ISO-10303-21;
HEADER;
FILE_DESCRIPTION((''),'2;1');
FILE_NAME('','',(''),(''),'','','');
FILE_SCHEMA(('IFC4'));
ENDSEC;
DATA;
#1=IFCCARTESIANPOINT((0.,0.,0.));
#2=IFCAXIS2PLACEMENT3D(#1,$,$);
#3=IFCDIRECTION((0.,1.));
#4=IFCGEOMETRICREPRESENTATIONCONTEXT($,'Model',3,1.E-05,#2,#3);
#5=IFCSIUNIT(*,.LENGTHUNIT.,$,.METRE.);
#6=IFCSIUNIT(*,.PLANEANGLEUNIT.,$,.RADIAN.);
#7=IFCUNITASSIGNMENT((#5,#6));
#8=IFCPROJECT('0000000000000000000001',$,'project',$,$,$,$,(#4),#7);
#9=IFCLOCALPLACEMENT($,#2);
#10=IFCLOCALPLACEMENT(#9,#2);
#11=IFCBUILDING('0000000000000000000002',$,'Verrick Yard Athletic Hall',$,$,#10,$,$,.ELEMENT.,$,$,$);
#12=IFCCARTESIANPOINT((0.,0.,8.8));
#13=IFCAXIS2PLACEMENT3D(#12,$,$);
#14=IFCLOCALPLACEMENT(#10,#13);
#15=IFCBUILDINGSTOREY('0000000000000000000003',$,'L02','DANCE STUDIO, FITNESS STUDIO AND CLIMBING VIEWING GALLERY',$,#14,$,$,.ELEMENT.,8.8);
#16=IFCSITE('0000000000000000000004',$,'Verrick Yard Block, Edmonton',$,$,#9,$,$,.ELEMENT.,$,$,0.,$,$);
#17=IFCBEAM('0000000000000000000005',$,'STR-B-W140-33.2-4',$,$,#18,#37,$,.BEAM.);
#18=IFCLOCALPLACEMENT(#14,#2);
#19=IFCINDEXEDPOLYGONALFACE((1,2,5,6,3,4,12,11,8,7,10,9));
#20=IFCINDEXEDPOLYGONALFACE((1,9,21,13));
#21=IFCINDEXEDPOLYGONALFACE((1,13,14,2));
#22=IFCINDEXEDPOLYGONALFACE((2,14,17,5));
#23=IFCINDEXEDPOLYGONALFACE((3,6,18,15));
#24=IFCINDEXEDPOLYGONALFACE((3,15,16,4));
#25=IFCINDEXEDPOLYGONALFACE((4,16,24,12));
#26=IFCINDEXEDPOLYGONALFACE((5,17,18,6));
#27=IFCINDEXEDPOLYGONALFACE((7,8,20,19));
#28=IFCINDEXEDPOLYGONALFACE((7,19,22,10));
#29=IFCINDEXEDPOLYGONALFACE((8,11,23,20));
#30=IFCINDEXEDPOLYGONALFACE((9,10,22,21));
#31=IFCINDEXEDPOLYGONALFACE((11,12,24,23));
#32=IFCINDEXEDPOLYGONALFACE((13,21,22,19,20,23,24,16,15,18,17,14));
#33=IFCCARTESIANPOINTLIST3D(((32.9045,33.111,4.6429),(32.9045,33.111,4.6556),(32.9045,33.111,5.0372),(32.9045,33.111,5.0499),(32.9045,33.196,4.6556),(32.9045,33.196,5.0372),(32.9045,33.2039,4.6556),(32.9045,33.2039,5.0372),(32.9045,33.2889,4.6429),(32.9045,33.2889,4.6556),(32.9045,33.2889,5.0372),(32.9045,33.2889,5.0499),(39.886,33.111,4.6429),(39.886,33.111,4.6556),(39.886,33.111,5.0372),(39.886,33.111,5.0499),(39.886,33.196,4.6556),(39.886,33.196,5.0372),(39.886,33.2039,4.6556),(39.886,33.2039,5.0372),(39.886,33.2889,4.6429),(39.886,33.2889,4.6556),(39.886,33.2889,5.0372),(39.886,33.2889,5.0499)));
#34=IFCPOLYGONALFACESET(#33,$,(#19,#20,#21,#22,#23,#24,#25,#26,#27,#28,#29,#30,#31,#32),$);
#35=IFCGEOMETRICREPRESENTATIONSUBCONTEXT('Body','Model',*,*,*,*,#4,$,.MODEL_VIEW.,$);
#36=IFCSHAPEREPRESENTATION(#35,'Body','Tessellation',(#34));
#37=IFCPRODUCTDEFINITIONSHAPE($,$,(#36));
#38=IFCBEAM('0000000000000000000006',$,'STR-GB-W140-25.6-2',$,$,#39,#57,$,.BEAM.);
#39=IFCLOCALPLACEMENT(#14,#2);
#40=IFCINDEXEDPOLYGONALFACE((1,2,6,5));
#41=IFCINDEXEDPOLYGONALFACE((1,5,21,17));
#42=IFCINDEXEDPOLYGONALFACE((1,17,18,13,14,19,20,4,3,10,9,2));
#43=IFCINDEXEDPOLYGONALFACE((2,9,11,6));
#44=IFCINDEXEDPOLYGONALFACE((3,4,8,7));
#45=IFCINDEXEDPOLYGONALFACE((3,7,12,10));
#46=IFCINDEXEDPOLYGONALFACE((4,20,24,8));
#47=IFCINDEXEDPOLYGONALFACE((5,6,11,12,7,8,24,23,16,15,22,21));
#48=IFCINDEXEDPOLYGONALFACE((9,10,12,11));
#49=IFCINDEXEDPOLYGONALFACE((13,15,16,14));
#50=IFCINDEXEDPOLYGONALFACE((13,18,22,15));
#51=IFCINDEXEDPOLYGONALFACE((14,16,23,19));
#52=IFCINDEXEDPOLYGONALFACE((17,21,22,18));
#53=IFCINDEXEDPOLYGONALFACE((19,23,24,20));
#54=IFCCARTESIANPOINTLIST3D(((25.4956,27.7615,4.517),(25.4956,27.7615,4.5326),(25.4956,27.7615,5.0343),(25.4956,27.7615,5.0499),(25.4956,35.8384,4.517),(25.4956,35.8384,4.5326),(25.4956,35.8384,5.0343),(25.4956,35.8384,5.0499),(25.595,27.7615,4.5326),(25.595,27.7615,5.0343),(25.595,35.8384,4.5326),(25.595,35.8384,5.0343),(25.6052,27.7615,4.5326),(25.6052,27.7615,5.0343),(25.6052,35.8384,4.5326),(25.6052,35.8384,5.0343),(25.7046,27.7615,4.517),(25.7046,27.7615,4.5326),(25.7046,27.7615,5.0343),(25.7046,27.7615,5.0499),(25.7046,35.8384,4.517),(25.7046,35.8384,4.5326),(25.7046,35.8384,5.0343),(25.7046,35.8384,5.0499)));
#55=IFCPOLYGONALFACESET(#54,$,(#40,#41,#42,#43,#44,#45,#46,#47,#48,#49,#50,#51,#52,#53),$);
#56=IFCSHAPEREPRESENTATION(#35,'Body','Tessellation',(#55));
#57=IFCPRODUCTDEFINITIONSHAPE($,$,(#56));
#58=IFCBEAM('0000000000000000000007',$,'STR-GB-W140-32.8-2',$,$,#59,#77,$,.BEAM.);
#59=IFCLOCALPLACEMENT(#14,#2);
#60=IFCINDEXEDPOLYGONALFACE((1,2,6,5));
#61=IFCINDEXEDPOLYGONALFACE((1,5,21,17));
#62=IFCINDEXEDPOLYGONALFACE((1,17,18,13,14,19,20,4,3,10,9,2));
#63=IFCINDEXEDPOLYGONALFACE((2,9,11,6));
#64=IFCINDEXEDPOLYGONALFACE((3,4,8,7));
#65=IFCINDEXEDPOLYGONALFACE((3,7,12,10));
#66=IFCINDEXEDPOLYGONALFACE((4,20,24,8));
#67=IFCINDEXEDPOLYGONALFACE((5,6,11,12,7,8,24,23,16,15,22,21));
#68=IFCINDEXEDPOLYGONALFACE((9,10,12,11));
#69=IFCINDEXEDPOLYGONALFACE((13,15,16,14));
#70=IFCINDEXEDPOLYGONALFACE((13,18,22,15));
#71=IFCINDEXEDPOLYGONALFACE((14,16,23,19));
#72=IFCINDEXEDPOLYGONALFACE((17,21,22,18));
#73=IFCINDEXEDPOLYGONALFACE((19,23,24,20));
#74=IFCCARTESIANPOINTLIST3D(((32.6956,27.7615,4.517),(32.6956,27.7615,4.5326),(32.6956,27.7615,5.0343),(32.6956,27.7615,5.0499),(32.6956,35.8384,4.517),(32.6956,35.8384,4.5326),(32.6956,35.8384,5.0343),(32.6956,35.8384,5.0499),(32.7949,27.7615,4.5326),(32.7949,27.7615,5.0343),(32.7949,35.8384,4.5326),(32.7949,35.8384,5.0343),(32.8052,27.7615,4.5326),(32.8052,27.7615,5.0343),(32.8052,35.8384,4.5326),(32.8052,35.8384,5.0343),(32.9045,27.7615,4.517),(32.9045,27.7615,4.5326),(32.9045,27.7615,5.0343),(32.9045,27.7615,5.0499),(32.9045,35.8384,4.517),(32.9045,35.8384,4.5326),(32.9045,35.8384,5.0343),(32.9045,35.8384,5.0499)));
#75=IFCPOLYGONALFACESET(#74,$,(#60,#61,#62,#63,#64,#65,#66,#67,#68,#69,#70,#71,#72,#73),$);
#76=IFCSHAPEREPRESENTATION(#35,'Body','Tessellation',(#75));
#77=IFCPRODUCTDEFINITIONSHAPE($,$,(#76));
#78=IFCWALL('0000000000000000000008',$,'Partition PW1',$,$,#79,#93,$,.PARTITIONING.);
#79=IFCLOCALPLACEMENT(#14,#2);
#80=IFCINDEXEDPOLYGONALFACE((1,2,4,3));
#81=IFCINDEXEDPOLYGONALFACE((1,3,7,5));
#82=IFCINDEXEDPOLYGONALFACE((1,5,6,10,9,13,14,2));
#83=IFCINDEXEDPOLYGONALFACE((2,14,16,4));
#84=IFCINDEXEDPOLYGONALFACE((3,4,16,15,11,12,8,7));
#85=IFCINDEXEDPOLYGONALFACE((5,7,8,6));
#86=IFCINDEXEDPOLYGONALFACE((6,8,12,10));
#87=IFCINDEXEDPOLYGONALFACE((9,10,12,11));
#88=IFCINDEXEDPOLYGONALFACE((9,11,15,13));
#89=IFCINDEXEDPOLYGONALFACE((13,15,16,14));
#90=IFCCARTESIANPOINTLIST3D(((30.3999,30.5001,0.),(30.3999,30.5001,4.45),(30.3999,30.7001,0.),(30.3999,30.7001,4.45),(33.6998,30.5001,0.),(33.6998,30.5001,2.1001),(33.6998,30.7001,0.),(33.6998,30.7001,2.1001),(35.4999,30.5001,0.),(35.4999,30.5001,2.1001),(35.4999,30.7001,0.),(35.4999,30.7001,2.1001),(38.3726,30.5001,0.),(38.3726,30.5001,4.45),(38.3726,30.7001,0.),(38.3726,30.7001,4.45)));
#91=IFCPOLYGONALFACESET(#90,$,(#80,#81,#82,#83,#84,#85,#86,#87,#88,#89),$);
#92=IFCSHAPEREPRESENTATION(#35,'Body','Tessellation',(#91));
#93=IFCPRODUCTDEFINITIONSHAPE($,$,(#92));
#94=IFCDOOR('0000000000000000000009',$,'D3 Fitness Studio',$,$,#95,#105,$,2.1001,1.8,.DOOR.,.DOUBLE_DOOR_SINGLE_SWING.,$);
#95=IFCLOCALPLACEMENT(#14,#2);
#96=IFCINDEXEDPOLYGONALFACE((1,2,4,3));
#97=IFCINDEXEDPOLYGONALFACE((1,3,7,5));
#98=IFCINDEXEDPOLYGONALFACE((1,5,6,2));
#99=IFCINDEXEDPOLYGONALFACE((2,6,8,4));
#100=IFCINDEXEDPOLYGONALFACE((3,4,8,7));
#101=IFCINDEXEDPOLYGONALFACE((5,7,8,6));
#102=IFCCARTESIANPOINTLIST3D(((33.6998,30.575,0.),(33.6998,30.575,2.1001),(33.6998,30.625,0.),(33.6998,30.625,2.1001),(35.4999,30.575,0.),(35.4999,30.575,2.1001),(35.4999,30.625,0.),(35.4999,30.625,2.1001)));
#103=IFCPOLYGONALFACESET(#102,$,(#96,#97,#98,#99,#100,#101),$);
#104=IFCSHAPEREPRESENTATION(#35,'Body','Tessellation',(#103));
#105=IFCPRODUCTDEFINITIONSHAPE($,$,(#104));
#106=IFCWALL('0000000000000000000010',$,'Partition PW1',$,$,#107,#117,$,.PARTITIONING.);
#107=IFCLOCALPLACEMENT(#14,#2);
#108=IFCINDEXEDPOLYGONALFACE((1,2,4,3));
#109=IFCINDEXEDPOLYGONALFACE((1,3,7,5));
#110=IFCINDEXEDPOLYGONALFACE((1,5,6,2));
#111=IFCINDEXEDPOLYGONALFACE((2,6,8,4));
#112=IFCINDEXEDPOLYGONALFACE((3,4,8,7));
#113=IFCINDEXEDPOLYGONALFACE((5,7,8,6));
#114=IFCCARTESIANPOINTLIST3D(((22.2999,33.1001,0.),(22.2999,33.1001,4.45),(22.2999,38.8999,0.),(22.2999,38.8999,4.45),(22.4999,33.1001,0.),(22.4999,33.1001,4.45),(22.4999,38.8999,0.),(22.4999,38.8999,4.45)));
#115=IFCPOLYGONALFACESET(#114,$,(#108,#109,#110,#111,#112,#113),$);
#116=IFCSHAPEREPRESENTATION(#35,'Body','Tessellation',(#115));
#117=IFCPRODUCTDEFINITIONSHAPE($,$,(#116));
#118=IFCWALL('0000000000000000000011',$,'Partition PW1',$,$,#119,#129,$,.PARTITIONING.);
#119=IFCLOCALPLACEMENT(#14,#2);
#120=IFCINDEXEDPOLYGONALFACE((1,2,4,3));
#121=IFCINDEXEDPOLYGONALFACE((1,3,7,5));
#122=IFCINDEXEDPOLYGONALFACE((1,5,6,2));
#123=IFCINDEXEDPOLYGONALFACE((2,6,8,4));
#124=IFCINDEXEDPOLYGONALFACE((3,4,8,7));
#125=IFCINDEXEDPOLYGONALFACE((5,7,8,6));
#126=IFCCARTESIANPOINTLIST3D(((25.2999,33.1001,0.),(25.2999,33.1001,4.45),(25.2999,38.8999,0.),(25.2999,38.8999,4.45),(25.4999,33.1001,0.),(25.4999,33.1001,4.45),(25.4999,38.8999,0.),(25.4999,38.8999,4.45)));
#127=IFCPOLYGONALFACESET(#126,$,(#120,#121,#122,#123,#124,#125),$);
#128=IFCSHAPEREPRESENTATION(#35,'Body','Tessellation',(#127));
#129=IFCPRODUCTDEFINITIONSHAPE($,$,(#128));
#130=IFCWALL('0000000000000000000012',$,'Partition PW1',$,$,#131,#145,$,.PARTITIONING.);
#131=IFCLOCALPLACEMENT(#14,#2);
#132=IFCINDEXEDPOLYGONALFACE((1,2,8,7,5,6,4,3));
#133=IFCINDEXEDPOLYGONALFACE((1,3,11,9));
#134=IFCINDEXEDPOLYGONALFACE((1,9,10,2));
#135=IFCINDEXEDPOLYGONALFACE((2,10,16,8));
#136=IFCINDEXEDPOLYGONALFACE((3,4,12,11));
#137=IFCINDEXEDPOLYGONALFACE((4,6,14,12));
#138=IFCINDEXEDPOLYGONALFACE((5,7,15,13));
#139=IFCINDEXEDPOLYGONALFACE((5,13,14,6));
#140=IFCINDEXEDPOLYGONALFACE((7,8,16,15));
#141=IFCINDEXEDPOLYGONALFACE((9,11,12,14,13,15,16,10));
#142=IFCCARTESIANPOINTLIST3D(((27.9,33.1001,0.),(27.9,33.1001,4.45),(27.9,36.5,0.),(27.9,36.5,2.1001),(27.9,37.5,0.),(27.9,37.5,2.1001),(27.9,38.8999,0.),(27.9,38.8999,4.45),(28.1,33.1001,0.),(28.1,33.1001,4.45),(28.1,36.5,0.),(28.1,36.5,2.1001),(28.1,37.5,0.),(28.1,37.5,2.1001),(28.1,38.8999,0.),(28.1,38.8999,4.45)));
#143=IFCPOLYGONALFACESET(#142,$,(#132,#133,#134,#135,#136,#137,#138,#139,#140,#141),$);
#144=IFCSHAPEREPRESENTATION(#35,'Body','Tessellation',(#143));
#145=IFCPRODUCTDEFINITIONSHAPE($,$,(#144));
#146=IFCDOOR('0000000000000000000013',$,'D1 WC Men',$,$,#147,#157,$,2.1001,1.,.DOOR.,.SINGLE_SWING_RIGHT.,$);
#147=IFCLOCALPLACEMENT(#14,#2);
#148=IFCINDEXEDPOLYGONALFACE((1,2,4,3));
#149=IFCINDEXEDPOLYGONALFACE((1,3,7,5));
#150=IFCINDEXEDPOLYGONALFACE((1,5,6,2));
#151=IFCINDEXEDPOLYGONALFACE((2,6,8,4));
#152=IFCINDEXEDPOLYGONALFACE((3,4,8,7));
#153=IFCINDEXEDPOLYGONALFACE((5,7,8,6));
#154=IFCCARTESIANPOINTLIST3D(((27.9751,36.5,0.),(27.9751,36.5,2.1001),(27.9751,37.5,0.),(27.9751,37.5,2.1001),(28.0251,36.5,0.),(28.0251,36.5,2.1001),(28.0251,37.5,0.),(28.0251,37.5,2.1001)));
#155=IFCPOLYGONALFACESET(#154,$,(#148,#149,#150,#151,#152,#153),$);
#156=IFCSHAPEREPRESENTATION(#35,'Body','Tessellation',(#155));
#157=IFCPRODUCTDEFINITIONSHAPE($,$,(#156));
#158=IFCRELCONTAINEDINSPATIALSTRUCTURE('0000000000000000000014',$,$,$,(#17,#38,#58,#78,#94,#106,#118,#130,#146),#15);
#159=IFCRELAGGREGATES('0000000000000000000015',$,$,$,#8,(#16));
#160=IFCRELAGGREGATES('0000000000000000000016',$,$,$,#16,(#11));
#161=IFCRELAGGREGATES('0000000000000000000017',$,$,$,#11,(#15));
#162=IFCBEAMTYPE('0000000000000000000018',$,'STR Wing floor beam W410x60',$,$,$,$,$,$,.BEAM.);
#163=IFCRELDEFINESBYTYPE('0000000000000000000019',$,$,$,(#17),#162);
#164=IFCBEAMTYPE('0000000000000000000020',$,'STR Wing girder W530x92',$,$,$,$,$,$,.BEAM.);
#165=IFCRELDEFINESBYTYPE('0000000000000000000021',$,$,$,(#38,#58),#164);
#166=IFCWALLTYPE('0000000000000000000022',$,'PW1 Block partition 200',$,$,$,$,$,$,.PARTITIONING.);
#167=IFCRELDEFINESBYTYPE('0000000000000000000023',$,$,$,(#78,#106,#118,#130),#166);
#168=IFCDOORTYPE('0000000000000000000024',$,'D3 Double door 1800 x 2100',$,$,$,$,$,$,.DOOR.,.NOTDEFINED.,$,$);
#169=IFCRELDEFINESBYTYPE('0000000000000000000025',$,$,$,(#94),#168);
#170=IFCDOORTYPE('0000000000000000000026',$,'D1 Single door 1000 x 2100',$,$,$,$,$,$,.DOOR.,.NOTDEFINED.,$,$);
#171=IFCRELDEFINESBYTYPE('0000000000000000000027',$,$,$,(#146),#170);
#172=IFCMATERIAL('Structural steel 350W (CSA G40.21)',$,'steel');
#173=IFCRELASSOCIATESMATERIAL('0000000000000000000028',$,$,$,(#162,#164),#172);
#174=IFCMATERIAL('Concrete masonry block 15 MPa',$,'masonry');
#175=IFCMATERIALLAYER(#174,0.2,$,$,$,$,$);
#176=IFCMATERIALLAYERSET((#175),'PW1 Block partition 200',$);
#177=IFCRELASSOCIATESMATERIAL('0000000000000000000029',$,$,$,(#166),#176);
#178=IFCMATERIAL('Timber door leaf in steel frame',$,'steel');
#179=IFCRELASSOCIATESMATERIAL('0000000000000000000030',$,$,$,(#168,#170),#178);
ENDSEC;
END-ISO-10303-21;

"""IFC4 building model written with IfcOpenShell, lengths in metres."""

from ifc_helpers import new_model, si_unit, direction, frame, frame_2d, origin, origin_2d, place, context, subcontext, project, spatial, rectangle, i_section, extrude, material, layer, layer_set, material_profile, profile_set, type_object, element, fill, save


model = new_model("IFC4")

# Units and contexts
model_context = context("Model", 3, precision=1e-05, world=origin(), true_north=direction((0.0, 1.0)))
body_context = subcontext(model_context, "Body", "Model", "MODEL_VIEW")
ifc_project = project(units=[si_unit("LENGTHUNIT", "METRE"), si_unit("PLANEANGLEUNIT", "RADIAN")], contexts=[model_context])

# Site, building, storey
site_placement = place(None, origin())
site = spatial("IfcSite", under=ifc_project, at=site_placement, Name="Verrick Yard Block, Edmonton", CompositionType="ELEMENT", RefElevation=0.0)
building_placement = place(site_placement, origin())
building = spatial("IfcBuilding", under=site, at=building_placement, Name="Verrick Yard Athletic Hall", CompositionType="ELEMENT")
storey_placement = place(building_placement, frame((0.0, 0.0, 8.8)))
storey = spatial("IfcBuildingStorey", under=building, at=storey_placement, Name="L02", Description="DANCE STUDIO, FITNESS STUDIO AND CLIMBING VIEWING GALLERY", CompositionType="ELEMENT", Elevation=8.8)

# Shared definitions
ifc_material_1 = material(Name="Structural steel 350W (CSA G40.21)", Category="steel")

# Beams
ifc_material_profile_1 = material_profile(ifc_material_1, i_section(OverallWidth=0.178, OverallDepth=0.407, WebThickness=0.0078, FlangeThickness=0.0127, at=origin_2d()), Name="W410x60")
ifc_profile_set_1 = profile_set([ifc_material_profile_1], Name="Structural steel 350W (CSA G40.21)")
beam_type_1 = type_object("IfcBeamType", Name="STR Wing floor beam W410x60", PredefinedType="BEAM", material=ifc_profile_set_1)
beam_1_placement = place(storey_placement, frame((32.9045, 33.2, 4.8464), z_axis=(1.0, 0.0, 0.0), x_axis=(0.0, 1.0, 0.0)))
element("IfcBeam", 1, at=beam_1_placement, inside=storey, type_object=beam_type_1, Name="STR-B-W140-33.2-4", PredefinedType="BEAM", context=body_context, shape_type="SweptSolid", body=[
    extrude(i_section(OverallWidth=0.178, OverallDepth=0.407, WebThickness=0.0078, FlangeThickness=0.0127, at=origin_2d()), origin(), (0.0, 0.0, 1.0), 6.9814),
])
ifc_material_profile_2 = material_profile(ifc_material_1, i_section(OverallWidth=0.209, OverallDepth=0.533, WebThickness=0.0103, FlangeThickness=0.0156, at=origin_2d()), Name="W530x92")
ifc_profile_set_2 = profile_set([ifc_material_profile_2], Name="Structural steel 350W (CSA G40.21)")
beam_type_2 = type_object("IfcBeamType", Name="STR Wing girder W530x92", PredefinedType="BEAM", material=ifc_profile_set_2)
for number, where, z_axis, x_axis, name in (
    (2, (25.6001, 27.7615, 4.7834), (0.0, 1.0, 0.0), (-1.0, 0.0, 0.0), "STR-GB-W140-25.6-2"),
    (3, (32.8, 27.7615, 4.7834), (0.0, 1.0, 0.0), (-1.0, 0.0, 0.0), "STR-GB-W140-32.8-2"),
):
    element("IfcBeam", number, at=place(storey_placement, frame(where, z_axis=z_axis, x_axis=x_axis)), inside=storey, type_object=beam_type_2, Name=name, PredefinedType="BEAM", context=body_context, shape_type="SweptSolid", body=[
        extrude(i_section(OverallWidth=0.209, OverallDepth=0.533, WebThickness=0.0103, FlangeThickness=0.0156, at=origin_2d()), origin(), (0.0, 0.0, 1.0), 8.0769),
    ])

# Wall, opening, door
ifc_material_2 = material(Name="Concrete masonry block 15 MPa", Category="masonry")
ifc_layer = layer(ifc_material_2, 0.2)
ifc_layer_set = layer_set([ifc_layer], Name="PW1 Block partition 200")
wall_type = type_object("IfcWallType", Name="PW1 Block partition 200", PredefinedType="PARTITIONING", material=ifc_layer_set)
wall_1_placement = place(storey_placement, frame((30.3999, 30.6001, 0.0), z_axis=(0.0, 0.0, 1.0), x_axis=(1.0, 0.0, 0.0)))
wall_1 = element("IfcWall", 4, at=wall_1_placement, inside=storey, type_object=wall_type, Name="Partition PW1", PredefinedType="PARTITIONING", context=body_context, shape_type="SweptSolid", body=[
    extrude(rectangle(XDim=7.9727, YDim=0.2, at=frame_2d((3.9863, 0.0))), origin(), (0.0, 0.0, 1.0), 4.45),
])
opening_1_placement = place(wall_1_placement, frame((3.3, 0.0, 0.0)))
opening_1 = element("IfcOpeningElement", 5, at=opening_1_placement, cuts=wall_1, PredefinedType="OPENING", context=body_context, shape_type="SweptSolid", body=[
    extrude(rectangle(XDim=1.8, YDim=2.1001, at=frame_2d((0.8999, 1.05))), frame((0.0, 0.1099, 0.0), z_axis=(0.0, -1.0, 0.0), x_axis=(1.0, 0.0, 0.0)), (0.0, 0.0, 1.0), 0.22),
])
ifc_material_3 = material(Name="Timber door leaf in steel frame", Category="steel")
door_type_1 = type_object("IfcDoorType", Name="D3 Double door 1800 x 2100", OperationType="NOTDEFINED", PredefinedType="DOOR", material=ifc_material_3)
door_1_placement = place(opening_1_placement, origin())
door_1 = element("IfcDoor", 6, at=door_1_placement, inside=storey, type_object=door_type_1, Name="D3 Fitness Studio", OperationType="DOUBLE_DOOR_SINGLE_SWING", OverallHeight=2.1001, OverallWidth=1.8, PredefinedType="DOOR", context=body_context, shape_type="SweptSolid", body=[
    extrude(rectangle(XDim=1.8, YDim=2.1001, at=frame_2d((0.8999, 1.05))), frame((0.0, 0.0249, 0.0), z_axis=(0.0, -1.0, 0.0), x_axis=(1.0, 0.0, 0.0)), (0.0, 0.0, 1.0), 0.05),
])
fill(opening_1, door_1)

# Walls
for number, where, z_axis, x_axis, name in (
    (7, (22.3999, 33.1001, 0.0), (0.0, 0.0, 1.0), (0.0, 1.0, 0.0), "Partition PW1"),
    (8, (25.3999, 33.1001, 0.0), (0.0, 0.0, 1.0), (0.0, 1.0, 0.0), "Partition PW1"),
):
    element("IfcWall", number, at=place(storey_placement, frame(where, z_axis=z_axis, x_axis=x_axis)), inside=storey, type_object=wall_type, Name=name, PredefinedType="PARTITIONING", context=body_context, shape_type="SweptSolid", body=[
        extrude(rectangle(XDim=5.7998, YDim=0.2, at=frame_2d((2.8999, 0.0))), origin(), (0.0, 0.0, 1.0), 4.45),
    ])

# Wall, opening, door
wall_2_placement = place(storey_placement, frame((28.0, 33.1001, 0.0), z_axis=(0.0, 0.0, 1.0), x_axis=(0.0, 1.0, 0.0)))
wall_2 = element("IfcWall", 9, at=wall_2_placement, inside=storey, type_object=wall_type, Name="Partition PW1", PredefinedType="PARTITIONING", context=body_context, shape_type="SweptSolid", body=[
    extrude(rectangle(XDim=5.7998, YDim=0.2, at=frame_2d((2.8999, 0.0))), origin(), (0.0, 0.0, 1.0), 4.45),
])
opening_2_placement = place(wall_2_placement, frame((3.3999, 0.0, 0.0)))
opening_2 = element("IfcOpeningElement", 10, at=opening_2_placement, cuts=wall_2, PredefinedType="OPENING", context=body_context, shape_type="SweptSolid", body=[
    extrude(rectangle(XDim=1.0, YDim=2.1001, at=frame_2d((0.5, 1.05))), frame((0.0, 0.1099, 0.0), z_axis=(0.0, -1.0, 0.0), x_axis=(1.0, 0.0, 0.0)), (0.0, 0.0, 1.0), 0.22),
])
door_type_2 = type_object("IfcDoorType", Name="D1 Single door 1000 x 2100", OperationType="NOTDEFINED", PredefinedType="DOOR", material=ifc_material_3)
door_2_placement = place(opening_2_placement, origin())
door_2 = element("IfcDoor", 11, at=door_2_placement, inside=storey, type_object=door_type_2, Name="D1 WC Men", OperationType="SINGLE_SWING_RIGHT", OverallHeight=2.1001, OverallWidth=1.0, PredefinedType="DOOR", context=body_context, shape_type="SweptSolid", body=[
    extrude(rectangle(XDim=1.0, YDim=2.1001, at=frame_2d((0.5, 1.05))), frame((0.0, 0.0249, 0.0), z_axis=(0.0, -1.0, 0.0), x_axis=(1.0, 0.0, 0.0)), (0.0, 0.0, 1.0), 0.05),
])
fill(opening_2, door_2)

save(model, "model.ifc")
